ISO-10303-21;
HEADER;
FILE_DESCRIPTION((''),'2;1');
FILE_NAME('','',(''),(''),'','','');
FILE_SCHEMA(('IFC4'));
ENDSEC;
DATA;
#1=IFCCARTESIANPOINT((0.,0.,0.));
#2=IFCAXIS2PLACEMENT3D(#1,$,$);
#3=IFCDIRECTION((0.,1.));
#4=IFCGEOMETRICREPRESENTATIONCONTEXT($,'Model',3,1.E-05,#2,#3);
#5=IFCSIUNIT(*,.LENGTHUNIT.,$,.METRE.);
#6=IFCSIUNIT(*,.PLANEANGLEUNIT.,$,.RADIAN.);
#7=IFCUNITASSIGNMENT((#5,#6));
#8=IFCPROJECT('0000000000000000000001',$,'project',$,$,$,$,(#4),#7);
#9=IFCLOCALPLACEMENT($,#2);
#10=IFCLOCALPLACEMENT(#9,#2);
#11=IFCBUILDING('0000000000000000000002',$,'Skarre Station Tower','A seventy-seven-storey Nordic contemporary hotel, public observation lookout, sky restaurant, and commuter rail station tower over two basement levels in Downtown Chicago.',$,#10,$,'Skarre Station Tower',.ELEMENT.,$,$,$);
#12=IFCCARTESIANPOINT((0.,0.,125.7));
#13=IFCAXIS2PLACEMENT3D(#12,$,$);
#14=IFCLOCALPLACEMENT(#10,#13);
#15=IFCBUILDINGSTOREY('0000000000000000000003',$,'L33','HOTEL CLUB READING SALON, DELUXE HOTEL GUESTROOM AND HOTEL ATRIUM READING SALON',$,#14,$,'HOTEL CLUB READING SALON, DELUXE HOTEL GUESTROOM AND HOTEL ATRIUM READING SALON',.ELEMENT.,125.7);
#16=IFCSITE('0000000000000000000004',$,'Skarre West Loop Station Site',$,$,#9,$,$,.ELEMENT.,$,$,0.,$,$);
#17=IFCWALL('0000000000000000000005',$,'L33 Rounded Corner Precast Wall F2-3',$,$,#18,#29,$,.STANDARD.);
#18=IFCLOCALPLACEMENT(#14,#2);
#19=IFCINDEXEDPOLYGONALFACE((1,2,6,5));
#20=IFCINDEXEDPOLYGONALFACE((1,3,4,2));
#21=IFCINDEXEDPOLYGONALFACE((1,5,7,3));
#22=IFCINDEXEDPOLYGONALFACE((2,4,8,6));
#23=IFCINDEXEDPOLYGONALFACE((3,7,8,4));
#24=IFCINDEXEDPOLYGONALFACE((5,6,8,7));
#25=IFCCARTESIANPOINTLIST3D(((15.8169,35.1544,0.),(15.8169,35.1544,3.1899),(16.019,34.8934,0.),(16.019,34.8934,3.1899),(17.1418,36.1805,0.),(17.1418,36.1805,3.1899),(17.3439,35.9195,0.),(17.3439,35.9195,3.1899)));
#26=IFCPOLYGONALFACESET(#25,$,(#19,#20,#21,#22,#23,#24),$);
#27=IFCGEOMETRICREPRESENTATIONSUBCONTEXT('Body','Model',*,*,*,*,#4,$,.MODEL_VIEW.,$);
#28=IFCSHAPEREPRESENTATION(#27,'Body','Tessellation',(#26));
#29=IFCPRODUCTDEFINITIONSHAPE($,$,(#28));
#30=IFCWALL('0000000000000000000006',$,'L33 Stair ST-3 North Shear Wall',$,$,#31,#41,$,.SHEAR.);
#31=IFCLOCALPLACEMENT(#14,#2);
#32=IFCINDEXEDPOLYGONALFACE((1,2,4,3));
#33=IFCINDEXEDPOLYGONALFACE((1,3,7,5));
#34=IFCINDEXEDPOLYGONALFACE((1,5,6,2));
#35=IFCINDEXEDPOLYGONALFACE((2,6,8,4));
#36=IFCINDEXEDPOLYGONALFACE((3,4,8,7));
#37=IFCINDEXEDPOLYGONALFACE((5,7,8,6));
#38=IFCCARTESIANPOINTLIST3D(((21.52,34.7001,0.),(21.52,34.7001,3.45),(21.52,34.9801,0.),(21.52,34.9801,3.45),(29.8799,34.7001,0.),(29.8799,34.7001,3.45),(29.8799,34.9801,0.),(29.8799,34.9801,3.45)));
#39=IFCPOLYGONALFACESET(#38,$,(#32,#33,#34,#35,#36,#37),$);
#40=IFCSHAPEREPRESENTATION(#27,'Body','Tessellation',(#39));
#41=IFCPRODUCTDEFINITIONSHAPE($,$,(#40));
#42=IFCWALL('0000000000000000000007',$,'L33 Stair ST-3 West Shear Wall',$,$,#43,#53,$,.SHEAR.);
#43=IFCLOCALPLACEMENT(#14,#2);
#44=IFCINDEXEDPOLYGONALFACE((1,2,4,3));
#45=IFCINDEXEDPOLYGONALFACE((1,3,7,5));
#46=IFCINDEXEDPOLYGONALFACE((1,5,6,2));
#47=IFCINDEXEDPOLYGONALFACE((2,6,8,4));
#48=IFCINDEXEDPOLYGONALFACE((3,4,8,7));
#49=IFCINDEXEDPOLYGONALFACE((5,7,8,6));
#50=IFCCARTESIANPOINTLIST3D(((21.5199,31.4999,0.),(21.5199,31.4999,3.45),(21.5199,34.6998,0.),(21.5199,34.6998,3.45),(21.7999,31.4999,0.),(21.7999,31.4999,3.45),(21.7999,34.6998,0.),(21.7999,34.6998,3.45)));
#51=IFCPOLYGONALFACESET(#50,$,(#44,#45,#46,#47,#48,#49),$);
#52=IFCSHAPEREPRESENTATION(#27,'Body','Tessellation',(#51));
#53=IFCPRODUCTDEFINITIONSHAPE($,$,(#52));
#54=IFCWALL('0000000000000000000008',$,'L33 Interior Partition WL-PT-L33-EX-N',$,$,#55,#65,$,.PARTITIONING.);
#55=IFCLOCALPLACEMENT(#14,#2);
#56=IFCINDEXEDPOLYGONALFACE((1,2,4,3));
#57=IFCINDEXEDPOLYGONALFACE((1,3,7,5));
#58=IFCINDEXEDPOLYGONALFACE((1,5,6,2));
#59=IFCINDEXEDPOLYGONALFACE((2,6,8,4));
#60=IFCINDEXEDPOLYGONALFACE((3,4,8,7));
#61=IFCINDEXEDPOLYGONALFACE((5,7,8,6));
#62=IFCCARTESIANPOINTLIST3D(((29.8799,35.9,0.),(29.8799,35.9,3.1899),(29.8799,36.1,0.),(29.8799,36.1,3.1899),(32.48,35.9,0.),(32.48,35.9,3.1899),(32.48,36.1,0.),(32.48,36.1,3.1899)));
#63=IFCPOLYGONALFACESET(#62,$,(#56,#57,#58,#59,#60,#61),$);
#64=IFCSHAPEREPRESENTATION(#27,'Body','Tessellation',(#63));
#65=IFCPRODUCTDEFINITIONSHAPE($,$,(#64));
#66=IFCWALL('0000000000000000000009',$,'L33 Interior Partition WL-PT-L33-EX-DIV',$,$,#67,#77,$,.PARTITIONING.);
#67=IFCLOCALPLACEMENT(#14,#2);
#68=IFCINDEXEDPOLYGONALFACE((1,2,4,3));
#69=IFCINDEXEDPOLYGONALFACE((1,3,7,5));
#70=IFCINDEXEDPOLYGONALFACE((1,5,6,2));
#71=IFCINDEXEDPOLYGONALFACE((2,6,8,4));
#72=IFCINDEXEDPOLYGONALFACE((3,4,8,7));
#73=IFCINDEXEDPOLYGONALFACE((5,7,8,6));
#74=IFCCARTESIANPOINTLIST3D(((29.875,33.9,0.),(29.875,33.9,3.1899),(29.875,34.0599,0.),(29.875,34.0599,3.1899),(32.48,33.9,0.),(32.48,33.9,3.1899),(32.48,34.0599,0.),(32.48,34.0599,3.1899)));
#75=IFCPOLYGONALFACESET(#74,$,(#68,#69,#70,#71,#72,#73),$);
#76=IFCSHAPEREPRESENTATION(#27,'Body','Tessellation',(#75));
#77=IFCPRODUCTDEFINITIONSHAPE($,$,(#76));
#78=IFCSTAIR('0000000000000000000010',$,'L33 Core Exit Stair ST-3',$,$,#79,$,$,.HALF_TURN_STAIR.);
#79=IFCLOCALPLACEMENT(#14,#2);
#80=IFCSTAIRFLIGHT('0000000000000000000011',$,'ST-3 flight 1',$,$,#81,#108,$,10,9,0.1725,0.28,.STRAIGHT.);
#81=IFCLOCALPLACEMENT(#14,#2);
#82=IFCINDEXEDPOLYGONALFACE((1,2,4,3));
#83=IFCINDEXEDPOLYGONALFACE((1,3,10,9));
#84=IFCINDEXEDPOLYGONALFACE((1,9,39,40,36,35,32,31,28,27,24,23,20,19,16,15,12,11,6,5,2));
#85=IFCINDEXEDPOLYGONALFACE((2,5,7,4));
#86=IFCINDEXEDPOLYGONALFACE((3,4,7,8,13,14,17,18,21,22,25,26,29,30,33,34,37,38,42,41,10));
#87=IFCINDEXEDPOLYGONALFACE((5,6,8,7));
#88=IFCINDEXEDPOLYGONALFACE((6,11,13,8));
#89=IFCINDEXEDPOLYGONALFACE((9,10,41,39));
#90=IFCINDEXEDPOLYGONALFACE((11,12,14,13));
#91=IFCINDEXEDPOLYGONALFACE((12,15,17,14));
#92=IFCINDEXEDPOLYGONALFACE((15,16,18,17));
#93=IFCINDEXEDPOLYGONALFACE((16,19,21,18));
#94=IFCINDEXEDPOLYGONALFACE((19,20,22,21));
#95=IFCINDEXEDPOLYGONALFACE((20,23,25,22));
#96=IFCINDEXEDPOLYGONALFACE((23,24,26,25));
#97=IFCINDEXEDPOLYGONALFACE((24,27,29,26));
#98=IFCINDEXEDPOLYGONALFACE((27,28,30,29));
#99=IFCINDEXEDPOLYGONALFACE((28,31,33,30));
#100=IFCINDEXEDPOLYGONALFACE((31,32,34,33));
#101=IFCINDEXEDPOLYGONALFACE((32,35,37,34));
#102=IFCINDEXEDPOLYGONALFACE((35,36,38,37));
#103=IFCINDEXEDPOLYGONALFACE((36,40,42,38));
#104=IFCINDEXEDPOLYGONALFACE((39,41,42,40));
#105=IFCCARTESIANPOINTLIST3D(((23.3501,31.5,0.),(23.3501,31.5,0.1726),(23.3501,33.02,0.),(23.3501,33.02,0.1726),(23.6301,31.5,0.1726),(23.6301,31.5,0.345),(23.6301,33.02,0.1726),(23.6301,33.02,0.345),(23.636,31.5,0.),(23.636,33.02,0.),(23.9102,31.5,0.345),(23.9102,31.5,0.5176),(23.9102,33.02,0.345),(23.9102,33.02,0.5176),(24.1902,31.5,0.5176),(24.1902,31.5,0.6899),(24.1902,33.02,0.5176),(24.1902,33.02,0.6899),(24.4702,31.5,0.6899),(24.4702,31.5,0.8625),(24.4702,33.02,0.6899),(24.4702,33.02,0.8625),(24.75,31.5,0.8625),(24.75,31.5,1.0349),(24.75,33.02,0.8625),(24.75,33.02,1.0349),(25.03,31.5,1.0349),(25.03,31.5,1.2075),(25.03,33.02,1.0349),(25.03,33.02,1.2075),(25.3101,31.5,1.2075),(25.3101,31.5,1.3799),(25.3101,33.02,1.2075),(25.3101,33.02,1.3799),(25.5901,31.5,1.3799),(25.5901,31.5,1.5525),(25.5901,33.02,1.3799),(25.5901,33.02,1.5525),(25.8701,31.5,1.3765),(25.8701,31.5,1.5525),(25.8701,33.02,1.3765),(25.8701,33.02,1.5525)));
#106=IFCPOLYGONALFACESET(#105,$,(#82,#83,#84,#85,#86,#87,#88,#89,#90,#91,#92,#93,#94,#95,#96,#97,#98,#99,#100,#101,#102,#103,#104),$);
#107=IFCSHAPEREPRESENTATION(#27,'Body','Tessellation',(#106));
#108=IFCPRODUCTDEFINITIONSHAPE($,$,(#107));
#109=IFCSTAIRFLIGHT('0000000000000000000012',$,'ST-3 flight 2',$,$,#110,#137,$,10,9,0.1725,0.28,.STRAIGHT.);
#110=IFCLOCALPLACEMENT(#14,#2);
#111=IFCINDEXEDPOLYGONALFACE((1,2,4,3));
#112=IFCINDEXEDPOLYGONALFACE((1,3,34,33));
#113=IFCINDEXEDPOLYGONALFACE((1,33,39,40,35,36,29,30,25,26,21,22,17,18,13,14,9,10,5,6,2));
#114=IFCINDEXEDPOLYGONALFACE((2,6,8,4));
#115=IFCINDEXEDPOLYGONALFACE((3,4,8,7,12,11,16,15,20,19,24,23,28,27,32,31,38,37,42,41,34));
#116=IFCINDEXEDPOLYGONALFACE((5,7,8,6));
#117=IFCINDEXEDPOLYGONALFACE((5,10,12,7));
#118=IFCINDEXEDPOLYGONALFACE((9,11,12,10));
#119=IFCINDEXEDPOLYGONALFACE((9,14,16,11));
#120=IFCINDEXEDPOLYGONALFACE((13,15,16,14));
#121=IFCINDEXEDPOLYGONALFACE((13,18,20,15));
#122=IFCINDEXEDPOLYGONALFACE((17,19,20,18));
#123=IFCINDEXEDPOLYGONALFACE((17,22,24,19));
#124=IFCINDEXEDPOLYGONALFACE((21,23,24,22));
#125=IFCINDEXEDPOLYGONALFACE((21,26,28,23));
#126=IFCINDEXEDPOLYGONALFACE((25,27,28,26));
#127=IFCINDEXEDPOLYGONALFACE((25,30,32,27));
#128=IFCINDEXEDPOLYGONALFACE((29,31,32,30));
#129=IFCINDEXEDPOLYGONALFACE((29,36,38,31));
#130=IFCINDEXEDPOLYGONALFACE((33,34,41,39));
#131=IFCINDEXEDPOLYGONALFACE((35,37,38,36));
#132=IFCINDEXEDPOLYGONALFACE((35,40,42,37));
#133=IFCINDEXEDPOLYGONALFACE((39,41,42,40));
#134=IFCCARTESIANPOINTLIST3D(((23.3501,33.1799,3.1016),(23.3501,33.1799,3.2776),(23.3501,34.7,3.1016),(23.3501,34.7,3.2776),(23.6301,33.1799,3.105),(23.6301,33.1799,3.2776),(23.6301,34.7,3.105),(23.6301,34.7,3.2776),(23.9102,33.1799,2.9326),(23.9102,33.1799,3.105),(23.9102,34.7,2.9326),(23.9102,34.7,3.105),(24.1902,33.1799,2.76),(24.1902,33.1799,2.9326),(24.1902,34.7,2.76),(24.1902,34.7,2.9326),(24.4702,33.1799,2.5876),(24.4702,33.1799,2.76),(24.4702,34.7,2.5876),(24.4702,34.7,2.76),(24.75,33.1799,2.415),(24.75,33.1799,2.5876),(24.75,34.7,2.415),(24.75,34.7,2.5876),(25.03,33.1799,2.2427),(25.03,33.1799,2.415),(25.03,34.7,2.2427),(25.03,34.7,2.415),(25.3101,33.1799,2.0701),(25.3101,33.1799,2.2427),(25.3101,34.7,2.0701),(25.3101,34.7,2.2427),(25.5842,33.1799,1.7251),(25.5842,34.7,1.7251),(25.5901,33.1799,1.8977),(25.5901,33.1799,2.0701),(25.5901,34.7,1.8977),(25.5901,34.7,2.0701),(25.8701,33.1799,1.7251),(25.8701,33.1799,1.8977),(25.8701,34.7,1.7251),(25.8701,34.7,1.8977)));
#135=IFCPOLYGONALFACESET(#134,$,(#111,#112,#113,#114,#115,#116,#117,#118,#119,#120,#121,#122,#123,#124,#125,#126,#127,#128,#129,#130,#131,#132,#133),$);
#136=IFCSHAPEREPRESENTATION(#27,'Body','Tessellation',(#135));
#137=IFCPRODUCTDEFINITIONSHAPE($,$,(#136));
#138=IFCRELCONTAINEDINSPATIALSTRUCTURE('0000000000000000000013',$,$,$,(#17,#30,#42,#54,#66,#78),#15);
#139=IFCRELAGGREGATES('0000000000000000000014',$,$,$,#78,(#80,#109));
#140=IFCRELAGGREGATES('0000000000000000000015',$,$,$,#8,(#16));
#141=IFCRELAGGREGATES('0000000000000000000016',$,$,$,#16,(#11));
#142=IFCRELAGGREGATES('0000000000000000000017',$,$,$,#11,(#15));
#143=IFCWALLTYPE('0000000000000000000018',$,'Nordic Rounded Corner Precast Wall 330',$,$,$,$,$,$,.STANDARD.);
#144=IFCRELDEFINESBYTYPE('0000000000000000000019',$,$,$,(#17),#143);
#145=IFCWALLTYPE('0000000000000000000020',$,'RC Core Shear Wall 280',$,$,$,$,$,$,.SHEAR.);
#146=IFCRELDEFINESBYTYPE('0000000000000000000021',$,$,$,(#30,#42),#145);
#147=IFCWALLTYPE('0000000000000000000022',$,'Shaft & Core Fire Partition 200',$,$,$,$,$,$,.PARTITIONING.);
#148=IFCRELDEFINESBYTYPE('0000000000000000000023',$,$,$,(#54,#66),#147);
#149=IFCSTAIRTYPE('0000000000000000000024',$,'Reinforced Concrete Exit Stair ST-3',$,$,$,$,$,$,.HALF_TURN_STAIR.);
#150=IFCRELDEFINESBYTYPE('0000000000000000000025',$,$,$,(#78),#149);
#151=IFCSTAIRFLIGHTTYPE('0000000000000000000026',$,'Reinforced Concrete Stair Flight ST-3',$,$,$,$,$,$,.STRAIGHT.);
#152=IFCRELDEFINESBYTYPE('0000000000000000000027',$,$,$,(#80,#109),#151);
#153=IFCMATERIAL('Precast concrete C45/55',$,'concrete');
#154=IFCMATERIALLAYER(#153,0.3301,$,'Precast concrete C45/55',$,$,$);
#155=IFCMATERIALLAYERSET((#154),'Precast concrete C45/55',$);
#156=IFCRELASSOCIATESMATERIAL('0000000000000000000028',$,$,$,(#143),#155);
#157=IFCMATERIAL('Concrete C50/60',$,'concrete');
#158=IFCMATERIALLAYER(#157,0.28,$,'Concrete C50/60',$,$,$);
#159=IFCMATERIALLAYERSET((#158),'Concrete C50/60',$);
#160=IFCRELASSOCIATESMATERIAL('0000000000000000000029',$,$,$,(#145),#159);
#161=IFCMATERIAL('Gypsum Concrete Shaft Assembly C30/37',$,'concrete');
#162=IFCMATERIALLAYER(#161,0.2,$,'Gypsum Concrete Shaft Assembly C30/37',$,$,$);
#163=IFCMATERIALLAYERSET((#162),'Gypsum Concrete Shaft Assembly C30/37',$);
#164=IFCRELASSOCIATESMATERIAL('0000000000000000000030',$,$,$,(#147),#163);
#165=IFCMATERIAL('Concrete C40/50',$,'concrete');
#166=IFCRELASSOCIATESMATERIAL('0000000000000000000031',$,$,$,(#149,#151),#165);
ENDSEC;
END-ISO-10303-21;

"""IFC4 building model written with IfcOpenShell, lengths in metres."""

from ifc_helpers import new_model, si_unit, direction, frame, frame_2d, origin, place, context, subcontext, project, spatial, polyline, rectangle, outline, extrude, material, layer, layer_set, type_object, element, aggregate, save


model = new_model("IFC4")

# Units and contexts
model_context = context("Model", 3, precision=1e-05, world=origin(), true_north=direction((0.0, 1.0)))
body_context = subcontext(model_context, "Body", "Model", "MODEL_VIEW")
ifc_project = project(units=[si_unit("LENGTHUNIT", "METRE"), si_unit("PLANEANGLEUNIT", "RADIAN")], contexts=[model_context])

# Site, building, storey
site_placement = place(None, origin())
site = spatial("IfcSite", under=ifc_project, at=site_placement, Name="Skarre West Loop Station Site", CompositionType="ELEMENT", RefElevation=0.0)
building_placement = place(site_placement, origin())
building = spatial("IfcBuilding", under=site, at=building_placement, Name="Skarre Station Tower", Description="A seventy-seven-storey Nordic contemporary hotel, public observation lookout, sky restaurant, and commuter rail station tower over two basement levels in Downtown Chicago.", LongName="Skarre Station Tower", CompositionType="ELEMENT")
storey_placement = place(building_placement, frame((0.0, 0.0, 125.7)))
storey = spatial("IfcBuildingStorey", under=building, at=storey_placement, Name="L33", Description="HOTEL CLUB READING SALON, DELUXE HOTEL GUESTROOM AND HOTEL ATRIUM READING SALON", LongName="HOTEL CLUB READING SALON, DELUXE HOTEL GUESTROOM AND HOTEL ATRIUM READING SALON", CompositionType="ELEMENT", Elevation=125.7)

# Shared definitions
ifc_material_1 = material(Name="Precast concrete C45/55", Category="concrete")

# Walls
ifc_layer_1 = layer(ifc_material_1, 0.3301, Name="Precast concrete C45/55")
ifc_layer_set_1 = layer_set([ifc_layer_1], Name="Precast concrete C45/55")
wall_type_1 = type_object("IfcWallType", Name="Nordic Rounded Corner Precast Wall 330", PredefinedType="STANDARD", material=ifc_layer_set_1)
wall_1_placement = place(storey_placement, frame((15.918, 35.0239, 0.0), z_axis=(0.0, 0.0, 1.0), x_axis=(0.790621, 0.612305, 0.0)))
element("IfcWall", 1, at=wall_1_placement, inside=storey, type_object=wall_type_1, Name="L33 Rounded Corner Precast Wall F2-3", PredefinedType="STANDARD", context=body_context, shape_type="SweptSolid", body=[
    extrude(rectangle(XDim=1.6758, YDim=0.3301, at=frame_2d((0.8379, 0.0))), origin(), (0.0, 0.0, 1.0), 3.1899),
])
ifc_material_2 = material(Name="Concrete C50/60", Category="concrete")
ifc_layer_2 = layer(ifc_material_2, 0.28, Name="Concrete C50/60")
ifc_layer_set_2 = layer_set([ifc_layer_2], Name="Concrete C50/60")
wall_type_2 = type_object("IfcWallType", Name="RC Core Shear Wall 280", PredefinedType="SHEAR", material=ifc_layer_set_2)
wall_2_placement = place(storey_placement, frame((29.8799, 34.8401, 0.0), z_axis=(0.0, 0.0, 1.0), x_axis=(-1.0, 0.0, 0.0)))
element("IfcWall", 2, at=wall_2_placement, inside=storey, type_object=wall_type_2, Name="L33 Stair ST-3 North Shear Wall", PredefinedType="SHEAR", context=body_context, shape_type="SweptSolid", body=[
    extrude(rectangle(XDim=8.3599, YDim=0.28, at=frame_2d((4.1799, 0.0))), origin(), (0.0, 0.0, 1.0), 3.45),
])
wall_3_placement = place(storey_placement, frame((21.6599, 34.7, 0.0), z_axis=(0.0, 0.0, 1.0), x_axis=(0.0, -1.0, 0.0)))
element("IfcWall", 3, at=wall_3_placement, inside=storey, type_object=wall_type_2, Name="L33 Stair ST-3 West Shear Wall", PredefinedType="SHEAR", context=body_context, shape_type="SweptSolid", body=[
    extrude(rectangle(XDim=3.2, YDim=0.28, at=frame_2d((1.6001, 0.0))), origin(), (0.0, 0.0, 1.0), 3.45),
])
ifc_material_3 = material(Name="Gypsum Concrete Shaft Assembly C30/37", Category="concrete")
ifc_layer_3 = layer(ifc_material_3, 0.2, Name="Gypsum Concrete Shaft Assembly C30/37")
ifc_layer_set_3 = layer_set([ifc_layer_3], Name="Gypsum Concrete Shaft Assembly C30/37")
wall_type_3 = type_object("IfcWallType", Name="Shaft & Core Fire Partition 200", PredefinedType="PARTITIONING", material=ifc_layer_set_3)
wall_4_placement = place(storey_placement, frame((29.8799, 36.0, 0.0), z_axis=(0.0, 0.0, 1.0), x_axis=(1.0, 0.0, 0.0)))
element("IfcWall", 4, at=wall_4_placement, inside=storey, type_object=wall_type_3, Name="L33 Interior Partition WL-PT-L33-EX-N", PredefinedType="PARTITIONING", context=body_context, shape_type="SweptSolid", body=[
    extrude(rectangle(XDim=2.6001, YDim=0.2, at=frame_2d((1.3, 0.0))), origin(), (0.0, 0.0, 1.0), 3.1899),
])
wall_5_placement = place(storey_placement, frame((29.875, 33.98, 0.0), z_axis=(0.0, 0.0, 1.0), x_axis=(1.0, 0.0, 0.0)))
element("IfcWall", 5, at=wall_5_placement, inside=storey, type_object=wall_type_3, Name="L33 Interior Partition WL-PT-L33-EX-DIV", PredefinedType="PARTITIONING", context=body_context, shape_type="SweptSolid", body=[
    extrude(rectangle(XDim=2.605, YDim=0.1599, at=frame_2d((1.3025, 0.0))), origin(), (0.0, 0.0, 1.0), 3.1899),
])

# Stair, stair flights
ifc_material_4 = material(Name="Concrete C40/50", Category="concrete")
stair_type = type_object("IfcStairType", Name="Reinforced Concrete Exit Stair ST-3", PredefinedType="HALF_TURN_STAIR", material=ifc_material_4)
stair_placement = place(storey_placement, origin())
stair = element("IfcStair", 6, at=stair_placement, inside=storey, type_object=stair_type, Name="L33 Core Exit Stair ST-3", PredefinedType="HALF_TURN_STAIR")
stair_flight_type = type_object("IfcStairFlightType", Name="Reinforced Concrete Stair Flight ST-3", PredefinedType="STRAIGHT", material=ifc_material_4)
stair_flight_1_placement = place(storey_placement, frame((23.3501, 32.26, 0.0), z_axis=(0.0, 0.0, 1.0), x_axis=(1.0, 0.0, 0.0)))
stair_flight_1 = element("IfcStairFlight", 7, at=stair_flight_1_placement, type_object=stair_flight_type, Name="ST-3 flight 1", NumberOfRisers=10, NumberOfTreads=9, PredefinedType="STRAIGHT", RiserHeight=0.1725, TreadLength=0.28, context=body_context, shape_type="SweptSolid", body=[
    extrude(outline(polyline([(0.0, 0.0), (0.0, 0.1726), (0.28, 0.1726), (0.28, 0.345), (0.5601, 0.345), (0.5601, 0.5176), (0.8401, 0.5176), (0.8401, 0.6899), (1.1201, 0.6899), (1.1201, 0.8625), (1.3999, 0.8625), (1.3999, 1.0349), (1.6799, 1.0349), (1.6799, 1.2075), (1.96, 1.2075), (1.96, 1.3799), (2.24, 1.3799), (2.24, 1.5525), (2.52, 1.5525), (2.52, 1.7251), (2.52, 1.3765), (0.2859, 0.0), (0.0, 0.0)])), frame((0.0, 0.76, 0.0), z_axis=(0.0, -1.0, 0.0), x_axis=(1.0, 0.0, 0.0)), (0.0, 0.0, 1.0), 1.52),
])
stair_flight_2_placement = place(storey_placement, frame((25.8701, 33.9399, 1.7251), z_axis=(0.0, 0.0, 1.0), x_axis=(-1.0, 0.0, 0.0)))
stair_flight_2 = element("IfcStairFlight", 8, at=stair_flight_2_placement, type_object=stair_flight_type, Name="ST-3 flight 2", NumberOfRisers=10, NumberOfTreads=9, PredefinedType="STRAIGHT", RiserHeight=0.1725, TreadLength=0.28, context=body_context, shape_type="SweptSolid", body=[
    extrude(outline(polyline([(0.0, 0.0), (0.0, 0.1726), (0.28, 0.1726), (0.28, 0.345), (0.5601, 0.345), (0.5601, 0.5176), (0.8401, 0.5176), (0.8401, 0.6899), (1.1201, 0.6899), (1.1201, 0.8625), (1.3999, 0.8625), (1.3999, 1.0349), (1.6799, 1.0349), (1.6799, 1.2075), (1.96, 1.2075), (1.96, 1.3799), (2.24, 1.3799), (2.24, 1.5525), (2.52, 1.5525), (2.52, 1.7251), (2.52, 1.3765), (0.2859, 0.0), (0.0, 0.0)])), frame((0.0, 0.76, 0.0), z_axis=(0.0, -1.0, 0.0), x_axis=(1.0, 0.0, 0.0)), (0.0, 0.0, 1.0), 1.52),
])
aggregate(stair, [stair_flight_1, stair_flight_2])

save(model, "model.ifc")
